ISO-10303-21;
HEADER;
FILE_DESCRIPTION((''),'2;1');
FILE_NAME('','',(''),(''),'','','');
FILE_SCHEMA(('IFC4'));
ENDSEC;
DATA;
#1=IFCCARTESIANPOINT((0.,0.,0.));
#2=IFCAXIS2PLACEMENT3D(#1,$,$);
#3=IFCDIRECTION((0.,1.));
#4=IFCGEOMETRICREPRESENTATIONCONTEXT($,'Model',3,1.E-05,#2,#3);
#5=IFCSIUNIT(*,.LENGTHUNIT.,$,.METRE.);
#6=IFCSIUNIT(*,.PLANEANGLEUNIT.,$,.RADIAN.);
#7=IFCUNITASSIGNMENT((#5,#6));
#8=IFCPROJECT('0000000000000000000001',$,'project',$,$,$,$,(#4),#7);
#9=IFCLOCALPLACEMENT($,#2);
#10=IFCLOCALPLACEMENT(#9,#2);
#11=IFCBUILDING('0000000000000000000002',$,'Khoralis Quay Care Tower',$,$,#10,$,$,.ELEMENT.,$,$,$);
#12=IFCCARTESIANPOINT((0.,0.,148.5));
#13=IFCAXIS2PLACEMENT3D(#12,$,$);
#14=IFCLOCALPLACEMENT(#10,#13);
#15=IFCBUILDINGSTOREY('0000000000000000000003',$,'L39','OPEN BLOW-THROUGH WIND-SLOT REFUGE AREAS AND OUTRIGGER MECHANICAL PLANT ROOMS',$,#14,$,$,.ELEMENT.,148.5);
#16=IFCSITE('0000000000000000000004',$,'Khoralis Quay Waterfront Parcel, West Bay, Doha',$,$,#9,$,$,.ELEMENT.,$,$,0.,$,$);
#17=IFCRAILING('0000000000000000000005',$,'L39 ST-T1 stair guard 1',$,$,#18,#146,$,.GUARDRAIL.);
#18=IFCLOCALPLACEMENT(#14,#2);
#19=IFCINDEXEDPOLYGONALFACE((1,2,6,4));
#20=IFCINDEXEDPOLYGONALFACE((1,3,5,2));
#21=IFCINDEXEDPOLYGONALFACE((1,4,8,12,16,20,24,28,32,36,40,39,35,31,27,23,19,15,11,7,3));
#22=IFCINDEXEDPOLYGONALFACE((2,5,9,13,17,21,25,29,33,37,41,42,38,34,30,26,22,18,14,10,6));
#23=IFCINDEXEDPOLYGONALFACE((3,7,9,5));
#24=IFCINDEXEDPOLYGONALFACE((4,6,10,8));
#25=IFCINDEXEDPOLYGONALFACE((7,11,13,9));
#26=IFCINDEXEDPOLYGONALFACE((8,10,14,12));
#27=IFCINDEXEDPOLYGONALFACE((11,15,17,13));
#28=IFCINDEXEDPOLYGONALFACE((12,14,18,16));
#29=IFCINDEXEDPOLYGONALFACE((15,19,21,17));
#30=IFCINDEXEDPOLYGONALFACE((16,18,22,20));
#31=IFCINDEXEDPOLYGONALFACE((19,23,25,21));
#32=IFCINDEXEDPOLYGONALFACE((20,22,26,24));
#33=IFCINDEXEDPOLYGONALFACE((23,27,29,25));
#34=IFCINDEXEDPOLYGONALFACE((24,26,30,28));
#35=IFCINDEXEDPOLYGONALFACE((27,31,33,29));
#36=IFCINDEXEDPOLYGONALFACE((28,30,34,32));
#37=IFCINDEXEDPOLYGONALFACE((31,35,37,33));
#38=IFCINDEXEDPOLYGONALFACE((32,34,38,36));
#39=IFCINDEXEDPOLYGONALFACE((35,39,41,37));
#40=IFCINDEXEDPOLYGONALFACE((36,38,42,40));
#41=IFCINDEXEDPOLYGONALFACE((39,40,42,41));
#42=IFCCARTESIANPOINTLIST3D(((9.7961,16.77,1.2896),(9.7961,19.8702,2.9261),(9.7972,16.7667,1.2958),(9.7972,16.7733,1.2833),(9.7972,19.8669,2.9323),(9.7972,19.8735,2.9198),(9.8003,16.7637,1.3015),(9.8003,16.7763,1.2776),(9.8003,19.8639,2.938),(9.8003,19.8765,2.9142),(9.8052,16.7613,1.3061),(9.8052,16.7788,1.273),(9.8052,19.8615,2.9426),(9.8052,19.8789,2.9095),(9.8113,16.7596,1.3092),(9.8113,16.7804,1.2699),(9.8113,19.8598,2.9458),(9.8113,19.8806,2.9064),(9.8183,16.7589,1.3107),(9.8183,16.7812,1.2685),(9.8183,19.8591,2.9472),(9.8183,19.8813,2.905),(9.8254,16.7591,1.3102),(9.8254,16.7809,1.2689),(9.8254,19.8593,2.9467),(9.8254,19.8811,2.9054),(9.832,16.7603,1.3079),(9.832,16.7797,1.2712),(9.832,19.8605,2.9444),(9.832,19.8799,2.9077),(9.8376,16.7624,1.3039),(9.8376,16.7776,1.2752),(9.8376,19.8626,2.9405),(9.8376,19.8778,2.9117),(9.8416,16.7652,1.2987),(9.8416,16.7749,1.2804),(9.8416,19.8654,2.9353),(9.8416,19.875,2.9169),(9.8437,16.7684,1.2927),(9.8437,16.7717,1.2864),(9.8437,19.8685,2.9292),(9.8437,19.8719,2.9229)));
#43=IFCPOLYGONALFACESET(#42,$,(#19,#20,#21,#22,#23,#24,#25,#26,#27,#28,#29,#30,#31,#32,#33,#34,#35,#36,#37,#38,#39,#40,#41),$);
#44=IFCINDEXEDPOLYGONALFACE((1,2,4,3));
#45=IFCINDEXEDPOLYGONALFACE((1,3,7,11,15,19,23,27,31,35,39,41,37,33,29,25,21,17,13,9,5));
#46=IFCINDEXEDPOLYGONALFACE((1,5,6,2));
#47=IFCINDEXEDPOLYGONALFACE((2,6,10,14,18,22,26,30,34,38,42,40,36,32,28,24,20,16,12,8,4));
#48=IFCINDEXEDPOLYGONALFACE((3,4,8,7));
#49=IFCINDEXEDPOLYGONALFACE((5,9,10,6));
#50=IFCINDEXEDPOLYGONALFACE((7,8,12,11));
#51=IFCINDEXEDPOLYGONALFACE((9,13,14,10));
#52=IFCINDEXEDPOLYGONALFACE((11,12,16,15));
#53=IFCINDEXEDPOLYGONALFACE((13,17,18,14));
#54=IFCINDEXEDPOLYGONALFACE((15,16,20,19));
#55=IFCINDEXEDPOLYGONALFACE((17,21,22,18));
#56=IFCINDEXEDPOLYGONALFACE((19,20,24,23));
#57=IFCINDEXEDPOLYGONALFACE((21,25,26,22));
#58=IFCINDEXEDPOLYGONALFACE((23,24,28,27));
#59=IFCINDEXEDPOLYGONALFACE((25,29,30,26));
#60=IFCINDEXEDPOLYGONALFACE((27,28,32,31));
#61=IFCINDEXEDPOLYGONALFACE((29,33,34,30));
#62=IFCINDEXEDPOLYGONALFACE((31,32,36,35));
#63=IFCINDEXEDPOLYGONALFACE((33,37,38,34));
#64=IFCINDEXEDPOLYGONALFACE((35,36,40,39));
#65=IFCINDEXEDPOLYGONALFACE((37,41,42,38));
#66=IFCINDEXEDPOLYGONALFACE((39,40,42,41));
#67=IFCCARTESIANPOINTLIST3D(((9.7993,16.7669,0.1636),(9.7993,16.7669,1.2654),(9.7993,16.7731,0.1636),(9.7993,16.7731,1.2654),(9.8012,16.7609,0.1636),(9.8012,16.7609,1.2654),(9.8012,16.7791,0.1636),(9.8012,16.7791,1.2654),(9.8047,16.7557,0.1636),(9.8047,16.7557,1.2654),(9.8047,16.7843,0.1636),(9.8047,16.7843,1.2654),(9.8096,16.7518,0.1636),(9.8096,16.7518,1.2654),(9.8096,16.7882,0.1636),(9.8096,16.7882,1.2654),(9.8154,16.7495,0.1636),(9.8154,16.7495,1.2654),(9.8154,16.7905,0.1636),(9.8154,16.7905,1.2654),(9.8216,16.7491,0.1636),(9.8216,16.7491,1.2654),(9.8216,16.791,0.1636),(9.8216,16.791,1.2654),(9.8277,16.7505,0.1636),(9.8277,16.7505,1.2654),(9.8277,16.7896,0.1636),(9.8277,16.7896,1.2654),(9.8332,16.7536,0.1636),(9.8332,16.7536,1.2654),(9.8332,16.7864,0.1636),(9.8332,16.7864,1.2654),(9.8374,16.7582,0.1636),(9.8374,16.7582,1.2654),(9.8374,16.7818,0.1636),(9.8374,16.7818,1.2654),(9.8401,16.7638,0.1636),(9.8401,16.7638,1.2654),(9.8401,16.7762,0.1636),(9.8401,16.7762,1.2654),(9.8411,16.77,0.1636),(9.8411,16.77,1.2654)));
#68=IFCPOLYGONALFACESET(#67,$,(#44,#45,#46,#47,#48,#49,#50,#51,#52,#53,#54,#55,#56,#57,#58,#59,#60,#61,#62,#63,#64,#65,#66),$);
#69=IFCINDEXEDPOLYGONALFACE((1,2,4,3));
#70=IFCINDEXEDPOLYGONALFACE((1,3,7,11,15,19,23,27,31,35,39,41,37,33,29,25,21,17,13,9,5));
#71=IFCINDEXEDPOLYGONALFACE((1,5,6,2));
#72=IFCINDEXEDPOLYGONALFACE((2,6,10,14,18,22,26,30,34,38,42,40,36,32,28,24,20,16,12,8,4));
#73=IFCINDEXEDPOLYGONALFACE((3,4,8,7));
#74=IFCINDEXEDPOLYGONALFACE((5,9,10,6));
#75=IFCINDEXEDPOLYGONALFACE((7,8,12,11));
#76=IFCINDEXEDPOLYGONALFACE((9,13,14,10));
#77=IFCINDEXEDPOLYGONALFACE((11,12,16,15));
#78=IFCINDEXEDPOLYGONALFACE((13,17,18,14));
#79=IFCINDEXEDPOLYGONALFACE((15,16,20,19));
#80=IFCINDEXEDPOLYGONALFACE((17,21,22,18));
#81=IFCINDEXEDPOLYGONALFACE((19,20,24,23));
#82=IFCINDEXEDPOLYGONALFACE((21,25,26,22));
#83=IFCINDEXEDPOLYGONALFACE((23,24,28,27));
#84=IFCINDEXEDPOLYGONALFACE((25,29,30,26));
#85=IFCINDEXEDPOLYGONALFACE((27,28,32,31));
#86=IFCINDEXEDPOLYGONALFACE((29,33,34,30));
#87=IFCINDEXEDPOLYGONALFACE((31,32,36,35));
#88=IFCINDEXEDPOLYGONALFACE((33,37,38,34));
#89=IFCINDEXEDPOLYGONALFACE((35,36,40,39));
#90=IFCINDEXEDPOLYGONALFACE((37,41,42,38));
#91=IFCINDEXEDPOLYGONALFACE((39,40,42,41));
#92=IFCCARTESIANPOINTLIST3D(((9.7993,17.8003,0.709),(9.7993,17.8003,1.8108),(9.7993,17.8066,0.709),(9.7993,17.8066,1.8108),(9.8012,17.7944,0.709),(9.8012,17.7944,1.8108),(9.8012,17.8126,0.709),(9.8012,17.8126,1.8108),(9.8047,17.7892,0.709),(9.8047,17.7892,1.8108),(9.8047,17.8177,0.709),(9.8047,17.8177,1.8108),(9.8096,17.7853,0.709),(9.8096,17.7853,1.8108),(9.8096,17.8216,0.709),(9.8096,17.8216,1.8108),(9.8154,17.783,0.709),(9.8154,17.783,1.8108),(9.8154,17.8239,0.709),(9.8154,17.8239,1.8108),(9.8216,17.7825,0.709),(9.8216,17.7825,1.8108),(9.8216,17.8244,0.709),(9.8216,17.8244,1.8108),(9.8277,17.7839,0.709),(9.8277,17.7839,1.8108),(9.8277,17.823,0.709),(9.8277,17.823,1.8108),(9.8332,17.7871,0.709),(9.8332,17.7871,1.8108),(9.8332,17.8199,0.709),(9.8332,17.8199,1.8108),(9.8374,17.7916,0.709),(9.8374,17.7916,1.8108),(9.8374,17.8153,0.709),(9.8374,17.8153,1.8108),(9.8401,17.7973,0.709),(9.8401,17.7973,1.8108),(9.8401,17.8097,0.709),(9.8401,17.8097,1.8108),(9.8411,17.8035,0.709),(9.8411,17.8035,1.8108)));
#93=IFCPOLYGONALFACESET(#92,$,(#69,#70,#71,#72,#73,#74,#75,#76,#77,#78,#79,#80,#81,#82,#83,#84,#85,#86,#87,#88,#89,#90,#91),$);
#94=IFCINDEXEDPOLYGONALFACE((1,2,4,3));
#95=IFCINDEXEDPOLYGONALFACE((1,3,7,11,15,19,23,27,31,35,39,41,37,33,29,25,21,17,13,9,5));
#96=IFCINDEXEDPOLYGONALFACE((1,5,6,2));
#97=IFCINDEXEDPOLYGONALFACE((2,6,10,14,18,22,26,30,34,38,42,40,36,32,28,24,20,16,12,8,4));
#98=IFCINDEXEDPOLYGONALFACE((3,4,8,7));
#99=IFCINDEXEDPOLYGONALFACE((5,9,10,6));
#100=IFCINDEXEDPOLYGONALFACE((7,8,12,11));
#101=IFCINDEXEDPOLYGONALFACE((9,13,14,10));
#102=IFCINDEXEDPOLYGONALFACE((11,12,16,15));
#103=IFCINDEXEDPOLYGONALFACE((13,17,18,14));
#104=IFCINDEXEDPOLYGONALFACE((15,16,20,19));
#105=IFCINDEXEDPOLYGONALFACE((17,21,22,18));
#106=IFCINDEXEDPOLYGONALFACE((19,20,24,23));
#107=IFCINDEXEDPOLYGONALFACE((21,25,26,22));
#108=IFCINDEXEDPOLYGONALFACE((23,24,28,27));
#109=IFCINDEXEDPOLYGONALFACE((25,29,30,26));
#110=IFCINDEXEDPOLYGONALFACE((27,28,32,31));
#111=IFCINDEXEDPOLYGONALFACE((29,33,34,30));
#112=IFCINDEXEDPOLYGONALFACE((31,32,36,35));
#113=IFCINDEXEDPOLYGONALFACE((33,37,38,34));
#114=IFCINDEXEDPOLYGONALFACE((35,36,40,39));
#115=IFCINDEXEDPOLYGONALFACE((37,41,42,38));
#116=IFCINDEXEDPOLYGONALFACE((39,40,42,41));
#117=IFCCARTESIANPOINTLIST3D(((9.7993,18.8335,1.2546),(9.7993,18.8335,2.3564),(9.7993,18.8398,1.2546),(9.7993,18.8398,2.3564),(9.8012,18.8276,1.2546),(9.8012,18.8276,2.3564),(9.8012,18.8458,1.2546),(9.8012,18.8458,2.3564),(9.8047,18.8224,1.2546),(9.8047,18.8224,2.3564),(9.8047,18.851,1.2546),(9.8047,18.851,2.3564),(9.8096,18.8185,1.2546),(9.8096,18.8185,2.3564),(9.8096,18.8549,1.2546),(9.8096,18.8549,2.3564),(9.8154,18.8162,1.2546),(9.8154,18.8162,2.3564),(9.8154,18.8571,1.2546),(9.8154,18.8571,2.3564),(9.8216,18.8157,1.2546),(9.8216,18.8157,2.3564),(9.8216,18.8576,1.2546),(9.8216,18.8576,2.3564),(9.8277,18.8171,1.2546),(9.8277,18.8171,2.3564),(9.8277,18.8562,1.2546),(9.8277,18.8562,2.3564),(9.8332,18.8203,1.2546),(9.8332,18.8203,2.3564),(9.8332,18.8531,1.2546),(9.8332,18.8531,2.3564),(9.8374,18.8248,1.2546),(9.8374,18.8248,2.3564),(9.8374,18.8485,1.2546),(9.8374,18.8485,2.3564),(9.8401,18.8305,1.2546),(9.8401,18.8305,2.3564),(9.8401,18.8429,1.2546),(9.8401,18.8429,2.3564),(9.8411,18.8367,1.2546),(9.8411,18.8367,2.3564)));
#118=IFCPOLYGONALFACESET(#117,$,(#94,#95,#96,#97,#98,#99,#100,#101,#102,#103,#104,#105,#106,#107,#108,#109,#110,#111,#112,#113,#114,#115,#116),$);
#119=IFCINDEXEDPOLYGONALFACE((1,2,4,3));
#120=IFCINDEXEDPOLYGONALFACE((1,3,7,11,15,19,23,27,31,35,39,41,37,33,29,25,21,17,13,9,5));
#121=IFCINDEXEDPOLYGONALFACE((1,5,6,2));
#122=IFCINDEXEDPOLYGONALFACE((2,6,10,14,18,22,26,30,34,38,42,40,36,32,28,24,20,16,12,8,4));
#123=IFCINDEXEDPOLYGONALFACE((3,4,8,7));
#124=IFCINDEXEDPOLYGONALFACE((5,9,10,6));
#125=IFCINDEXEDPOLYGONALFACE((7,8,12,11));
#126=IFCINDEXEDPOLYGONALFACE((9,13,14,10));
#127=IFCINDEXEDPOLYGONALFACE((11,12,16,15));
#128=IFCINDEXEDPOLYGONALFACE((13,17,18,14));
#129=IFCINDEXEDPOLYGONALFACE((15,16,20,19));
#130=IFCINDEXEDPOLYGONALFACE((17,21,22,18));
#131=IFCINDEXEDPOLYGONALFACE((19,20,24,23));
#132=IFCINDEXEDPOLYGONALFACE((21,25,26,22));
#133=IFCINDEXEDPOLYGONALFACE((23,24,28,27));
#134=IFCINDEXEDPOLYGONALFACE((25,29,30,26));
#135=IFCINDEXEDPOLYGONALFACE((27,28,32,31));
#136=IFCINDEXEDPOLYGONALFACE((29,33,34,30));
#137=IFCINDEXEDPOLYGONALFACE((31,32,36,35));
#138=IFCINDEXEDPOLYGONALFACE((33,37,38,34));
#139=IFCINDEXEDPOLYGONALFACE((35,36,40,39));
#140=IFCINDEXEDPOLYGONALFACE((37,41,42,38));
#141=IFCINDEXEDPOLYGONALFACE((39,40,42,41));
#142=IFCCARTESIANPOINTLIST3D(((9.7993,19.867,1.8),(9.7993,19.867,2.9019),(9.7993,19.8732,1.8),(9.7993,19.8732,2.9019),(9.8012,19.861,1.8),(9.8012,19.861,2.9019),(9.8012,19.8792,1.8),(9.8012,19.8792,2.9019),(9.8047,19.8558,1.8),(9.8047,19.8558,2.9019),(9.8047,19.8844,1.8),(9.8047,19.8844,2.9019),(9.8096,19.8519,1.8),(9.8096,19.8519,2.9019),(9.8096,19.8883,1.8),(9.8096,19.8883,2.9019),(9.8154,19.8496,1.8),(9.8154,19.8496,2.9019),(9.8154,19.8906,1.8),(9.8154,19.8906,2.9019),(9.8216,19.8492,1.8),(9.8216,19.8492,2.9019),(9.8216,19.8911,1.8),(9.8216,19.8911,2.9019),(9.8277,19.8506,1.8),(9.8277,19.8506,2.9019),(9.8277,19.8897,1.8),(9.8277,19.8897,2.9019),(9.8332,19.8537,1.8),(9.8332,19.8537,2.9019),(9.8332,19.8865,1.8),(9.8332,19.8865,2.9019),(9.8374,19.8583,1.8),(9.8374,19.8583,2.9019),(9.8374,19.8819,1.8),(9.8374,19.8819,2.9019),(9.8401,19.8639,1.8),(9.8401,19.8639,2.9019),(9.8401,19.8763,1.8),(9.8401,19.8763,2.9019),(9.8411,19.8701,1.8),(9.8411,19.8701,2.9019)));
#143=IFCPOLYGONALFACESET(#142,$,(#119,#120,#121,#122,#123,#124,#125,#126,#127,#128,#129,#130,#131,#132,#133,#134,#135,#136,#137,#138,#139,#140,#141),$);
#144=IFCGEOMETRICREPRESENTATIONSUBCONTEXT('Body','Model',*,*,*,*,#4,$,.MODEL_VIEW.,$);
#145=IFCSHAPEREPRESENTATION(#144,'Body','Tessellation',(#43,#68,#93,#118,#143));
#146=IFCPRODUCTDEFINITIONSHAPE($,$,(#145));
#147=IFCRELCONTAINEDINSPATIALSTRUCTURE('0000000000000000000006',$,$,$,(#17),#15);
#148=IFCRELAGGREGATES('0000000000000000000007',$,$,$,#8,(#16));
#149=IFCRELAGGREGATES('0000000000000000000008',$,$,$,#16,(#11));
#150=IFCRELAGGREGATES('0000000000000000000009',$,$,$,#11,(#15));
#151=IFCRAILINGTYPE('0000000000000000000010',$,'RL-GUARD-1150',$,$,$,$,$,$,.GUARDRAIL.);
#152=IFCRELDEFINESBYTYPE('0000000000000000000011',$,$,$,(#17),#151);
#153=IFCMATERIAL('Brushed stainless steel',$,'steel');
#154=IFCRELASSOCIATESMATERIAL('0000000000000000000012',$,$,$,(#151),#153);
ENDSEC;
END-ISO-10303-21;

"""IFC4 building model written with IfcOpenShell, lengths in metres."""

from ifc_helpers import new_model, si_unit, direction, frame, origin, origin_2d, place, context, subcontext, project, spatial, circle, extrude, material, type_object, element, save


model = new_model("IFC4")

# Units and contexts
model_context = context("Model", 3, precision=1e-05, world=origin(), true_north=direction((0.0, 1.0)))
body_context = subcontext(model_context, "Body", "Model", "MODEL_VIEW")
ifc_project = project(units=[si_unit("LENGTHUNIT", "METRE"), si_unit("PLANEANGLEUNIT", "RADIAN")], contexts=[model_context])

# Site, building, storey
site_placement = place(None, origin())
site = spatial("IfcSite", under=ifc_project, at=site_placement, Name="Khoralis Quay Waterfront Parcel, West Bay, Doha", CompositionType="ELEMENT", RefElevation=0.0)
building_placement = place(site_placement, origin())
building = spatial("IfcBuilding", under=site, at=building_placement, Name="Khoralis Quay Care Tower", CompositionType="ELEMENT")
storey_placement = place(building_placement, frame((0.0, 0.0, 148.5)))
storey = spatial("IfcBuildingStorey", under=building, at=storey_placement, Name="L39", Description="OPEN BLOW-THROUGH WIND-SLOT REFUGE AREAS AND OUTRIGGER MECHANICAL PLANT ROOMS", CompositionType="ELEMENT", Elevation=148.5)

# Shared definitions
ifc_material_1 = material(Name="Brushed stainless steel", Category="steel")

# Railing
railing_type = type_object("IfcRailingType", Name="RL-GUARD-1150", PredefinedType="GUARDRAIL", material=ifc_material_1)
railing_placement = place(storey_placement, frame((9.8201, 16.77, 0.1636)))
element("IfcRailing", 1, at=railing_placement, inside=storey, type_object=railing_type, Name="L39 ST-T1 stair guard 1", PredefinedType="GUARDRAIL", context=body_context, shape_type="SweptSolid", body=[
    extrude(circle(Radius=0.0239, at=origin_2d()), frame((0.0, 0.0, 1.126), z_axis=(0.0, 0.884348, 0.466828), x_axis=(-1.0, 0.0, 0.0)), (0.0, 0.0, 1.0), 3.5056),
    extrude(circle(Radius=0.021, at=origin_2d()), origin(), (0.0, 0.0, 1.0), 1.1018),
    extrude(circle(Radius=0.021, at=origin_2d()), frame((0.0, 1.0334, 0.5454)), (0.0, 0.0, 1.0), 1.1018),
    extrude(circle(Radius=0.021, at=origin_2d()), frame((0.0, 2.0667, 1.0911)), (0.0, 0.0, 1.0), 1.1018),
    extrude(circle(Radius=0.021, at=origin_2d()), frame((0.0, 3.1001, 1.6365)), (0.0, 0.0, 1.0), 1.1018),
])

save(model, "model.ifc")
